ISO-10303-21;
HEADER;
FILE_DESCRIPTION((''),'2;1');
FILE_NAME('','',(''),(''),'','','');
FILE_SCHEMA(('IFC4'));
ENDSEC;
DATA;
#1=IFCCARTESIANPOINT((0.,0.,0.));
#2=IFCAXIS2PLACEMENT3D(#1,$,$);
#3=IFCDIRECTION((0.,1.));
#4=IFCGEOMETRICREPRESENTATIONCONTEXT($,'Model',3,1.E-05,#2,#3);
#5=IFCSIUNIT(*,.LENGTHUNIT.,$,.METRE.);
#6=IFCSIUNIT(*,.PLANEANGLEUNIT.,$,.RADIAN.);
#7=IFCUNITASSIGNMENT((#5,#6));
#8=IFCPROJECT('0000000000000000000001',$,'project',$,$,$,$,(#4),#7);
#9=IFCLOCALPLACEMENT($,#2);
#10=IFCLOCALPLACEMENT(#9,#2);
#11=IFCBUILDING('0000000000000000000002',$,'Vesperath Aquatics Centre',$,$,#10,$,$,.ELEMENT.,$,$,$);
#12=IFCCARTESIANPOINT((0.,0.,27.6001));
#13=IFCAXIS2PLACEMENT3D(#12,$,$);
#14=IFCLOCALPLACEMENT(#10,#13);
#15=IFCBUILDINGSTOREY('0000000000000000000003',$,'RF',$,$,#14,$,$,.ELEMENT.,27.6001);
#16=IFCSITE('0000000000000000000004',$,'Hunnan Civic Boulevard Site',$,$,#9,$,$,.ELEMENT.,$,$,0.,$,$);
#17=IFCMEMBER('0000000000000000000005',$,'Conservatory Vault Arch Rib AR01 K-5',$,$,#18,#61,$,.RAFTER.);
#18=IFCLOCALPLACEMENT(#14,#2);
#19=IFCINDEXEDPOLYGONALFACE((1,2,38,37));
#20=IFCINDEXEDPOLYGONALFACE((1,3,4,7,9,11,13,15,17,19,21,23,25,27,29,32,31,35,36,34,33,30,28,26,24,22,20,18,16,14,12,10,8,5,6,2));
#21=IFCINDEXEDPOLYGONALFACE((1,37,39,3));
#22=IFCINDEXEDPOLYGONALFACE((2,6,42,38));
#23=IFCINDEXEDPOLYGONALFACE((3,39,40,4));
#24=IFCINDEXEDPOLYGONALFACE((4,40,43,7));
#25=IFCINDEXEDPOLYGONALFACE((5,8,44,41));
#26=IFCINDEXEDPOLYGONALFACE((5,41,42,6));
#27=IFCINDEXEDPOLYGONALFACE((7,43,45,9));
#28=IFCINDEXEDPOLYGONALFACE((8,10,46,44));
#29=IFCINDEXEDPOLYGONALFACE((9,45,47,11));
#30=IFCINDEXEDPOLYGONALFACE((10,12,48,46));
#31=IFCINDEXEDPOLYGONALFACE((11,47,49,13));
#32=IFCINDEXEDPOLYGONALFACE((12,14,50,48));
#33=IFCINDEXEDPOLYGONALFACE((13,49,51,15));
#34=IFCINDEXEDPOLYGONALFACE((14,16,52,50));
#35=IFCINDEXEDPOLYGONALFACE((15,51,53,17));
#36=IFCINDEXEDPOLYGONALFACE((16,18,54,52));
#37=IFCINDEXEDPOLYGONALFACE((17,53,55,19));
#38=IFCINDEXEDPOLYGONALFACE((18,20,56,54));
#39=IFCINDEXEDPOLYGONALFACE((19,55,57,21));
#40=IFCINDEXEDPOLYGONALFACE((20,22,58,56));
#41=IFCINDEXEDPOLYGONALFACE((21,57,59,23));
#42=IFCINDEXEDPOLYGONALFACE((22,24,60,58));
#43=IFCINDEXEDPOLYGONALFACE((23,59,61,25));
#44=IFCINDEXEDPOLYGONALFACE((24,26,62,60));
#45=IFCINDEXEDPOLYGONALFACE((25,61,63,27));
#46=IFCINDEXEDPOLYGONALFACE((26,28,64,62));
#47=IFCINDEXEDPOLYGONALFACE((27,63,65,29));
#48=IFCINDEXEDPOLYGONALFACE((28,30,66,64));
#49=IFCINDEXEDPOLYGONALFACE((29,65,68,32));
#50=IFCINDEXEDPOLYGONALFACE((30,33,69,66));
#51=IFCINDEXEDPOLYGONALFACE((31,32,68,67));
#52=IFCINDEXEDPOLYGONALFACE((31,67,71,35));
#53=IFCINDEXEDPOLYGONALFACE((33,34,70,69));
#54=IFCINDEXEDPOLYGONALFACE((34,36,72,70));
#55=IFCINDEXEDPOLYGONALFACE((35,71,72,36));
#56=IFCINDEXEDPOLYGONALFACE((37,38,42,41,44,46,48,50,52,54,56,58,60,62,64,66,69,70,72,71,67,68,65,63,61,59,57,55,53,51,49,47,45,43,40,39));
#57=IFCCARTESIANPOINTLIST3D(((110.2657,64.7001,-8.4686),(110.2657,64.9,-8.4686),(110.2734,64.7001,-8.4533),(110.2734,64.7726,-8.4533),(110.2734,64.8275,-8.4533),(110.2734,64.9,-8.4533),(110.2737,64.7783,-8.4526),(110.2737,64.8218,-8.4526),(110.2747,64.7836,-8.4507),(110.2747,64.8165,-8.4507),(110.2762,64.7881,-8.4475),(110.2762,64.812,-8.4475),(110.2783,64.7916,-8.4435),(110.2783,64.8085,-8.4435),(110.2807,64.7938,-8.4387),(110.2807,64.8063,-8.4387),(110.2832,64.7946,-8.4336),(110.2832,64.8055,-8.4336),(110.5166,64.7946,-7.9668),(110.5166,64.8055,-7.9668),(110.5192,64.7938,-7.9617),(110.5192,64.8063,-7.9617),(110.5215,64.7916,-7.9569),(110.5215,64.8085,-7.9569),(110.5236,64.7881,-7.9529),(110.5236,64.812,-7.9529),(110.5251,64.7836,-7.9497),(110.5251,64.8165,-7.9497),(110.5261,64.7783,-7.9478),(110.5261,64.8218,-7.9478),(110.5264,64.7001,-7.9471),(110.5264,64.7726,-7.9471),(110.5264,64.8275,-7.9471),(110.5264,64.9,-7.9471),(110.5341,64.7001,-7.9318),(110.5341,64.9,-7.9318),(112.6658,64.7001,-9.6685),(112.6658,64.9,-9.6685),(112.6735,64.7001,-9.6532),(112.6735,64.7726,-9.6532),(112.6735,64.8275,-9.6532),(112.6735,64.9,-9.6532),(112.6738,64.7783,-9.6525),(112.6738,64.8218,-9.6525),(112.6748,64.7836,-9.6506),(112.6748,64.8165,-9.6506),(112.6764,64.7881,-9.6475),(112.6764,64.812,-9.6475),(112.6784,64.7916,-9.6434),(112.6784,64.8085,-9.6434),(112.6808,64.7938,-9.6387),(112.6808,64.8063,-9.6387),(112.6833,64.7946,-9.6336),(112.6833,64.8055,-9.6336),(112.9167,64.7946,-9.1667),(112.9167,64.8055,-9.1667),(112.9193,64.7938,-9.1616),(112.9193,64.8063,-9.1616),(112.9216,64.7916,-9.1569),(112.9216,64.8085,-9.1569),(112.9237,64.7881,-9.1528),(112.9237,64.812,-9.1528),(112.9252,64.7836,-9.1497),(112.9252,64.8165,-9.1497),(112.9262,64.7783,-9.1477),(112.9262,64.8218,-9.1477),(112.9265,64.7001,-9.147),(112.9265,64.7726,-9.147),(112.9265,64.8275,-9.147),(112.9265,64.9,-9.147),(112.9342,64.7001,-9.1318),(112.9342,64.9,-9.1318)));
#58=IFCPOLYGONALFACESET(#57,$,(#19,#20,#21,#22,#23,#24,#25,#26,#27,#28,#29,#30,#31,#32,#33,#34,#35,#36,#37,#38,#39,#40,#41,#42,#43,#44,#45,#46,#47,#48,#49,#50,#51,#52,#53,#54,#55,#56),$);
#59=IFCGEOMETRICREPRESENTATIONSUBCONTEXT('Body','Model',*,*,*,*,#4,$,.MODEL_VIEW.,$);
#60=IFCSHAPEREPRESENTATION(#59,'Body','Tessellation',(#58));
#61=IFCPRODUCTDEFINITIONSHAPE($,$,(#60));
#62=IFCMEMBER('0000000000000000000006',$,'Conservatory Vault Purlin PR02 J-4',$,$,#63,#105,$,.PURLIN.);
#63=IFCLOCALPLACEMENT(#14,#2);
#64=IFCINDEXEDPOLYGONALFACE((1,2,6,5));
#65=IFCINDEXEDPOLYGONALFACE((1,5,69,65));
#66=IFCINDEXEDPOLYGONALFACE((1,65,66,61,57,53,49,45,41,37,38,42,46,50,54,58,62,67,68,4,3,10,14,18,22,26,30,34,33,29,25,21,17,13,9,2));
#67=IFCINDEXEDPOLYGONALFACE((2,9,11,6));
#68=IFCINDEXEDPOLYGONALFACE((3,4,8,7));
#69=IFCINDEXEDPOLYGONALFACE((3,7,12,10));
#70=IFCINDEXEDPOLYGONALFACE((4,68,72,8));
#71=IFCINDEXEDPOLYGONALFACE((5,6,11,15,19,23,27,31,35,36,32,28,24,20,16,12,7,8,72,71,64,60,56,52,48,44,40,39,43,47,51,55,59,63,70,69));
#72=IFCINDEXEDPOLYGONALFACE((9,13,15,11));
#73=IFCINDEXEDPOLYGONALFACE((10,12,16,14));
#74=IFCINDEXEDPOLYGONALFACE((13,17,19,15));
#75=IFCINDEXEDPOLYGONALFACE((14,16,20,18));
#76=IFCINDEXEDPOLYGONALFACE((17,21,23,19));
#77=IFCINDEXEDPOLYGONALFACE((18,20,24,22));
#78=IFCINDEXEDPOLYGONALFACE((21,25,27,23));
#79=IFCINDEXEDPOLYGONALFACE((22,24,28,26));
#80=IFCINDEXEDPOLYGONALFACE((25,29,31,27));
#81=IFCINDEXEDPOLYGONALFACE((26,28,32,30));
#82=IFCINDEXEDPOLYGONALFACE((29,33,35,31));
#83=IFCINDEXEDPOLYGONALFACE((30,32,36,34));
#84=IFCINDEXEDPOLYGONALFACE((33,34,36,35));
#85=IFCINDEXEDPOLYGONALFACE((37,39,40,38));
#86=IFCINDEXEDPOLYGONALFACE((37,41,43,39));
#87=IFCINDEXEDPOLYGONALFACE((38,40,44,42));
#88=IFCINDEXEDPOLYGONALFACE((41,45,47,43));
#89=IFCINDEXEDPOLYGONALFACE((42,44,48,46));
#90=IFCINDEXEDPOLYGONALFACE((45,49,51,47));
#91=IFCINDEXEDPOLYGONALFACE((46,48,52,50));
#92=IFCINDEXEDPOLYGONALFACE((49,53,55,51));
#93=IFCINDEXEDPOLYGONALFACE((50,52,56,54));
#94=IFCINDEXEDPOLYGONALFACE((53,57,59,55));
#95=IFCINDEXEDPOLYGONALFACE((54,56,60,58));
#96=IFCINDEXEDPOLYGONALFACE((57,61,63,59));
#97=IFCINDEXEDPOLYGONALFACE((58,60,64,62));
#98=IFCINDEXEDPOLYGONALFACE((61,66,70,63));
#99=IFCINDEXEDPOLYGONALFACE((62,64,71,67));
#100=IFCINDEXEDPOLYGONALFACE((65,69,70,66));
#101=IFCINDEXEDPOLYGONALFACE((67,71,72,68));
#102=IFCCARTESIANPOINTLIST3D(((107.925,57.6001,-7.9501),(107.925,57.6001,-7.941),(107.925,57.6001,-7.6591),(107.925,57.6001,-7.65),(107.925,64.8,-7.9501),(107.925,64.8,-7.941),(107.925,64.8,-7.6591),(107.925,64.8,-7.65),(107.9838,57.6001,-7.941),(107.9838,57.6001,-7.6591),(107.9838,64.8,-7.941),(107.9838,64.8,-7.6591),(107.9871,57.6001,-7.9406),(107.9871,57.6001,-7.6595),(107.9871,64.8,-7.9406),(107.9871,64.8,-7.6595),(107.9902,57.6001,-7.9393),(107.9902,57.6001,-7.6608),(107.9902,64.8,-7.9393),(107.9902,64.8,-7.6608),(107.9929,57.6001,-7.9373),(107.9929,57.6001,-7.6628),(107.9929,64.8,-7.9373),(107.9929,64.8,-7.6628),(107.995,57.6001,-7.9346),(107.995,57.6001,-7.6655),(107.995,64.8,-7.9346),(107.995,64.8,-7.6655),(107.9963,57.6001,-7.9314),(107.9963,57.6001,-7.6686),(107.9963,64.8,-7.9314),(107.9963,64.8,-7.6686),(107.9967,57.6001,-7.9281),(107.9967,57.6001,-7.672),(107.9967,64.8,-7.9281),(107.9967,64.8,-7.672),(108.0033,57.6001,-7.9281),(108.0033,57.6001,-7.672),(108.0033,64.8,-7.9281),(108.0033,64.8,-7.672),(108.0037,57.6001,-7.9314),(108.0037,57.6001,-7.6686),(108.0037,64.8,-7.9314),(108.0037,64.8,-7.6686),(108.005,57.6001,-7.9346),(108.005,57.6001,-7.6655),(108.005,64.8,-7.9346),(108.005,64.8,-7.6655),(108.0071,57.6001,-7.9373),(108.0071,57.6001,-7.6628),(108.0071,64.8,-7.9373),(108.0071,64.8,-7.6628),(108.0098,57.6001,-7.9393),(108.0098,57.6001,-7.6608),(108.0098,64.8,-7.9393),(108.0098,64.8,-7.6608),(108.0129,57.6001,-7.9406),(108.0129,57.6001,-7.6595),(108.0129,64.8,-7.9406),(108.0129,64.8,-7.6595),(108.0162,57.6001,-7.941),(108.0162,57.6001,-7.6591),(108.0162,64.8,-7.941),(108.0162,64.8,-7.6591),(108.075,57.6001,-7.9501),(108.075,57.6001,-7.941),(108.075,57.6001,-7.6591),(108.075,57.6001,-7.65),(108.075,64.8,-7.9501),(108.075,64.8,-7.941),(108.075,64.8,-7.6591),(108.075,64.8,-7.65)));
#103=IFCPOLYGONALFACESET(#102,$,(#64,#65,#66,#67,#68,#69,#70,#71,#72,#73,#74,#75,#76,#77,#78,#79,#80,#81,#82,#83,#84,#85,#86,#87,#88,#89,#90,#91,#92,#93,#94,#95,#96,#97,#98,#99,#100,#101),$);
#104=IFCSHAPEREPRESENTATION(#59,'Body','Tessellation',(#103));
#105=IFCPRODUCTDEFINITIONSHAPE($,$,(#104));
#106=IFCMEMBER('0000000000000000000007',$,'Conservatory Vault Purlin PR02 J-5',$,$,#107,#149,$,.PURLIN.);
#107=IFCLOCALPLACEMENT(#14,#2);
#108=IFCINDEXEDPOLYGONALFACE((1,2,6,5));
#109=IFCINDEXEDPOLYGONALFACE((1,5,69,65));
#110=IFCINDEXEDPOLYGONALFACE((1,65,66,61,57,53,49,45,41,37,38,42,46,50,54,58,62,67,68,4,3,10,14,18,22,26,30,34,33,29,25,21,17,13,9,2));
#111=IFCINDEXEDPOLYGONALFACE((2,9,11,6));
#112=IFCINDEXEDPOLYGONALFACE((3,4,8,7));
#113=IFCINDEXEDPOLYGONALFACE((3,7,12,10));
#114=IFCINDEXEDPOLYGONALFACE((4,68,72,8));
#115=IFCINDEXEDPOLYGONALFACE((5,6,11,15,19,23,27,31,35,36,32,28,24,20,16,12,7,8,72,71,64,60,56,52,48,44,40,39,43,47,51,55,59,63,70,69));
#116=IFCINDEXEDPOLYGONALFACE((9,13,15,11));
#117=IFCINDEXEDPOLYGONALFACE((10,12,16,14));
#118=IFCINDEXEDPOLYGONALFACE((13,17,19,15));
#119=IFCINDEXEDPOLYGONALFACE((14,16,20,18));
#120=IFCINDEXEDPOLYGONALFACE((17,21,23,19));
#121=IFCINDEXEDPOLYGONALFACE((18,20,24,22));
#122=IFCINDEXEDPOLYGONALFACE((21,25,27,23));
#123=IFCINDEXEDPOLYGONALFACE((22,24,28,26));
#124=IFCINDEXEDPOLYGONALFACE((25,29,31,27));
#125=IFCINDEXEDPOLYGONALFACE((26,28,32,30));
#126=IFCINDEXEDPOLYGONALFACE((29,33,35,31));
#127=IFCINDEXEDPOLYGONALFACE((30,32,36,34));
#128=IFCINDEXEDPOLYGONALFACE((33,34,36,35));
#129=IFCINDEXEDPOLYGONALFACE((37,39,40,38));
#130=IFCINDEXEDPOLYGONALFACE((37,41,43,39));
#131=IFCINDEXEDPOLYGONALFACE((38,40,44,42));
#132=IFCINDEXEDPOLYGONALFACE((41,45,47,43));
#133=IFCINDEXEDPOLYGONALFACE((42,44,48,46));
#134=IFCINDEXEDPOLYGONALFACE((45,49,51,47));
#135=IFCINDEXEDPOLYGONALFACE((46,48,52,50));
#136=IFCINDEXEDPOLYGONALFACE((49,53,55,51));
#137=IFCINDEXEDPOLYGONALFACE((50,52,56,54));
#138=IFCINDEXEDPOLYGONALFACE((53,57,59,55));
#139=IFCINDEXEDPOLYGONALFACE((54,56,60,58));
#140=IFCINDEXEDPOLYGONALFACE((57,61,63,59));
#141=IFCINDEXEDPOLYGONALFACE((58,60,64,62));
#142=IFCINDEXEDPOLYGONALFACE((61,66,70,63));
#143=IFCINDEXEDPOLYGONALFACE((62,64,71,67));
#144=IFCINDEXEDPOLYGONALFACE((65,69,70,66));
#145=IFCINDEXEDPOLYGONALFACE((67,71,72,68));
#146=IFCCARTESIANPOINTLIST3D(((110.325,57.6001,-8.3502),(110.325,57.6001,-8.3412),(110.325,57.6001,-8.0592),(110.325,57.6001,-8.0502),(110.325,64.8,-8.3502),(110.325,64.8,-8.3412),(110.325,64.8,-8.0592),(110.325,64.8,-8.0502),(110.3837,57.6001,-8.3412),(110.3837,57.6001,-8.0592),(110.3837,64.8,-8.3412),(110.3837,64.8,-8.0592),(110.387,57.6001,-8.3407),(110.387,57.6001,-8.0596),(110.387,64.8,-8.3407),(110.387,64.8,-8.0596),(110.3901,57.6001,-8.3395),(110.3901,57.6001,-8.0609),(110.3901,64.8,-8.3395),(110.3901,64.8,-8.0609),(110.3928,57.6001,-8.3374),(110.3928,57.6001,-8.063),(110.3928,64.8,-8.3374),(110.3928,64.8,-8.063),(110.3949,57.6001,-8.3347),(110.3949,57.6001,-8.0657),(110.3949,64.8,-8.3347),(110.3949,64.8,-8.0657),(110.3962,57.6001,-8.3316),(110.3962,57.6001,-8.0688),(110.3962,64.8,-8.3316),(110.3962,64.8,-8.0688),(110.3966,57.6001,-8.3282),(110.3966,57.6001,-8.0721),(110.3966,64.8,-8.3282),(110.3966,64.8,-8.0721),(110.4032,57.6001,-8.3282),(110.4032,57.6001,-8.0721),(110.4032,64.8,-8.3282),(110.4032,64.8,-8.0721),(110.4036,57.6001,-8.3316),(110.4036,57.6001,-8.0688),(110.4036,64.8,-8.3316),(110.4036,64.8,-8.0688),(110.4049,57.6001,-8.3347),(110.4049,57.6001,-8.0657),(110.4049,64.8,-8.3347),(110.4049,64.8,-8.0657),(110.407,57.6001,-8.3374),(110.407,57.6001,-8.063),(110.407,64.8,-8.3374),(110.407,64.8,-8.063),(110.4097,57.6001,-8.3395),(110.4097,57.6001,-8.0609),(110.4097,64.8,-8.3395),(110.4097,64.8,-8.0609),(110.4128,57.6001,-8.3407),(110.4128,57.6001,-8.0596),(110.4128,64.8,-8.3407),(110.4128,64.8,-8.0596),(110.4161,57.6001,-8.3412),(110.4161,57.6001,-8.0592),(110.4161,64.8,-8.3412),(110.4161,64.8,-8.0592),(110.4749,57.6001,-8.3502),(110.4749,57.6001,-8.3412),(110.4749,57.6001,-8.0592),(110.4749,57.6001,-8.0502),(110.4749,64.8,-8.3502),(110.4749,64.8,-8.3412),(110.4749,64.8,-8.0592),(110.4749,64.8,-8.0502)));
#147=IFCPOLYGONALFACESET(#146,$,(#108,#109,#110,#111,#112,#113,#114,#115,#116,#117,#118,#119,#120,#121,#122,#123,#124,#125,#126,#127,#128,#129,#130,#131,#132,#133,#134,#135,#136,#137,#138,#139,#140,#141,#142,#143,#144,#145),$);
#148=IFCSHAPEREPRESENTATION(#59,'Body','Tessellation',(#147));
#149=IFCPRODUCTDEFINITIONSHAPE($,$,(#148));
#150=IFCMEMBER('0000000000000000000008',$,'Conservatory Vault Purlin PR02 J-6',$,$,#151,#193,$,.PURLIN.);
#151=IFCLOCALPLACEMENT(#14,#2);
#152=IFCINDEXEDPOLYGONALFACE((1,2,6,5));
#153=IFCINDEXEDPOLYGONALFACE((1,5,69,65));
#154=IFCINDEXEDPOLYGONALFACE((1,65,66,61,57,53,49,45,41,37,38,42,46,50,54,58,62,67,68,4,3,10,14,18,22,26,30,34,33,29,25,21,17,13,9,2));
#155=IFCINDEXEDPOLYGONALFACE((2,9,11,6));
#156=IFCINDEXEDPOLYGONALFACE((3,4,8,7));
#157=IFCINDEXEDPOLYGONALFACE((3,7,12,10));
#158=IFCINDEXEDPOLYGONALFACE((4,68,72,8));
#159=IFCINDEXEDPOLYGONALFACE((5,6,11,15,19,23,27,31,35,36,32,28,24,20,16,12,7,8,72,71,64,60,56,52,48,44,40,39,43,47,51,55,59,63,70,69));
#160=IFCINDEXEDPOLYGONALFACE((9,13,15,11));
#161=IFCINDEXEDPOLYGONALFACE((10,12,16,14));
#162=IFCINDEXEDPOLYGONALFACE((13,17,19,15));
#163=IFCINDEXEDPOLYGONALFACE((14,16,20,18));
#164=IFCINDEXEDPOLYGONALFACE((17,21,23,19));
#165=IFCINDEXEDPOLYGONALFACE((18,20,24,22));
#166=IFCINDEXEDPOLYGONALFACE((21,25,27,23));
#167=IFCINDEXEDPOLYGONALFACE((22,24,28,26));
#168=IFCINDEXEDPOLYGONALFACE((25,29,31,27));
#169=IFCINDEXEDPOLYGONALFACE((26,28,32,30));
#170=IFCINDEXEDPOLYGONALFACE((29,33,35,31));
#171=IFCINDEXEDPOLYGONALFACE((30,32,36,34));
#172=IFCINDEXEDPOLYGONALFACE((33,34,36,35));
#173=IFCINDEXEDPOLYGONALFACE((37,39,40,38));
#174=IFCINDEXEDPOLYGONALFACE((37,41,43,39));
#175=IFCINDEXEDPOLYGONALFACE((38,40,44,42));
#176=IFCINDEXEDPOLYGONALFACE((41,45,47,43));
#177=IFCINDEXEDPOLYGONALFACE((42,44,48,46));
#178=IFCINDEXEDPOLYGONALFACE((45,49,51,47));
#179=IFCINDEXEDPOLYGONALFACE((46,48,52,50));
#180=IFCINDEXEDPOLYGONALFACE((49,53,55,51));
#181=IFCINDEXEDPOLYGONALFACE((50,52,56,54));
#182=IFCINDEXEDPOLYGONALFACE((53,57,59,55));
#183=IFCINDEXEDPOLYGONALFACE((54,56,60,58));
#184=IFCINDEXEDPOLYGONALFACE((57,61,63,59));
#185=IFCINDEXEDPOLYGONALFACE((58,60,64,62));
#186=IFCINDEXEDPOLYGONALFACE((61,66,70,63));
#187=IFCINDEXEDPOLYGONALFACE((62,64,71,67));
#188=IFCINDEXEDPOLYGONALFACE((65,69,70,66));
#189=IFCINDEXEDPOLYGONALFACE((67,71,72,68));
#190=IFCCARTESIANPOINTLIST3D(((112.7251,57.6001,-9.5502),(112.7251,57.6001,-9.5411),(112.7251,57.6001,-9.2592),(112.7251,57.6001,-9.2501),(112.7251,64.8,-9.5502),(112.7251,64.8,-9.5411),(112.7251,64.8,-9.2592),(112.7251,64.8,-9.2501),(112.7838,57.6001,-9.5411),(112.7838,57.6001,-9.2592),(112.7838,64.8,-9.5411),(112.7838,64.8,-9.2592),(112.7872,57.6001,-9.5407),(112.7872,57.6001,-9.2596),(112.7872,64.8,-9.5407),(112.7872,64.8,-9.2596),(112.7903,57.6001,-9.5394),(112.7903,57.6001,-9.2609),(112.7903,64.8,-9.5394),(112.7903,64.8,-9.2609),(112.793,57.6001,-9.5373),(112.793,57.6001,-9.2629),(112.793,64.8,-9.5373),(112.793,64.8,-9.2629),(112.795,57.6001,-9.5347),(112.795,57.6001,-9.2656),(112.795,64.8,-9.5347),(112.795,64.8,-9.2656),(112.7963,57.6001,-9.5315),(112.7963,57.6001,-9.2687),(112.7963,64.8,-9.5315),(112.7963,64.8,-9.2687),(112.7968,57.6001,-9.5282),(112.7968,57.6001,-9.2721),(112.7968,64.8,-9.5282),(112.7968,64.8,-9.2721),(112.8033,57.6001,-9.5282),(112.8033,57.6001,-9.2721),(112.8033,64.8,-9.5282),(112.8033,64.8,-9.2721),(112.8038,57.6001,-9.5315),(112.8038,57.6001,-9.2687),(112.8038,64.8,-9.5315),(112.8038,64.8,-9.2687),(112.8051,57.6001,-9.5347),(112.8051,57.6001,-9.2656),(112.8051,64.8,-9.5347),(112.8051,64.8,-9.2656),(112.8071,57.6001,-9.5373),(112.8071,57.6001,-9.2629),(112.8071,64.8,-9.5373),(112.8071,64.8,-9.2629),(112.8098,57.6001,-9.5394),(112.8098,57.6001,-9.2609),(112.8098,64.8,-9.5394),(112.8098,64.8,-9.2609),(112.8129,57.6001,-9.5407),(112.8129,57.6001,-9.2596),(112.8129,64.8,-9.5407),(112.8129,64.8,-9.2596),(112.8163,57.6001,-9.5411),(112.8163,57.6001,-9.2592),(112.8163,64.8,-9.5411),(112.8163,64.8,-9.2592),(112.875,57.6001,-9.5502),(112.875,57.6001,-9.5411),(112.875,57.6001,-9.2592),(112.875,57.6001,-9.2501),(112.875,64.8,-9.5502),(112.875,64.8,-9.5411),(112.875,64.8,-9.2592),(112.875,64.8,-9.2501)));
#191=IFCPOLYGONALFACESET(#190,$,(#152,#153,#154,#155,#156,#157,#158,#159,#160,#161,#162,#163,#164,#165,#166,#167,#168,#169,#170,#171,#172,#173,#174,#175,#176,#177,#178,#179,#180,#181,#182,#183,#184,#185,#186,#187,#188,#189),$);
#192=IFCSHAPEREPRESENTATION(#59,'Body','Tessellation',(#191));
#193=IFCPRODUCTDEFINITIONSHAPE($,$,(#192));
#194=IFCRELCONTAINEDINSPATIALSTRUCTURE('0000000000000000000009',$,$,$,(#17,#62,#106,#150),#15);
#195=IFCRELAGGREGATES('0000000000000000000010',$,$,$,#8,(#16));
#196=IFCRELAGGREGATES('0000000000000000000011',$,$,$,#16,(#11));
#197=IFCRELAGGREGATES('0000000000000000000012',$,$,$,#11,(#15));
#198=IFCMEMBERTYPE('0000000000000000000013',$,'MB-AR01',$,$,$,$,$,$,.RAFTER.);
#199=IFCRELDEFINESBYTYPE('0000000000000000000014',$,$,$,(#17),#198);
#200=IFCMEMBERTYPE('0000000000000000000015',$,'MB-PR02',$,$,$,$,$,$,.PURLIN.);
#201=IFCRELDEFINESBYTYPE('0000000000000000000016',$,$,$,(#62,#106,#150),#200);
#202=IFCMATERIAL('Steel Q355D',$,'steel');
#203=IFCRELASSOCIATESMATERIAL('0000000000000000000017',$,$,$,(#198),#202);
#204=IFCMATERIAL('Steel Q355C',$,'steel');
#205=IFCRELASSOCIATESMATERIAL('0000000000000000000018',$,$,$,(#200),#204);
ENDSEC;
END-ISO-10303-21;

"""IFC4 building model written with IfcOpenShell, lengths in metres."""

from ifc_helpers import new_model, si_unit, direction, frame, origin, origin_2d, place, context, subcontext, project, spatial, i_section, extrude, material, material_profile, profile_set, type_object, element, save


model = new_model("IFC4")

# Units and contexts
model_context = context("Model", 3, precision=1e-05, world=origin(), true_north=direction((0.0, 1.0)))
body_context = subcontext(model_context, "Body", "Model", "MODEL_VIEW")
ifc_project = project(units=[si_unit("LENGTHUNIT", "METRE"), si_unit("PLANEANGLEUNIT", "RADIAN")], contexts=[model_context])

# Site, building, storey
site_placement = place(None, origin())
site = spatial("IfcSite", under=ifc_project, at=site_placement, Name="Hunnan Civic Boulevard Site", CompositionType="ELEMENT", RefElevation=0.0)
building_placement = place(site_placement, origin())
building = spatial("IfcBuilding", under=site, at=building_placement, Name="Vesperath Aquatics Centre", CompositionType="ELEMENT")
storey_placement = place(building_placement, frame((0.0, 0.0, 27.6001)))
storey = spatial("IfcBuildingStorey", under=building, at=storey_placement, Name="RF", CompositionType="ELEMENT", Elevation=27.6001)

# Members
ifc_material_1 = material(Name="Steel Q355D", Category="steel")
ifc_material_profile_1 = material_profile(ifc_material_1, i_section(OverallWidth=0.2, OverallDepth=0.6001, WebThickness=0.011, FlangeThickness=0.0171, FilletRadius=0.022, at=origin_2d()), Name="HN 600x200x11x17")
ifc_profile_set_1 = profile_set([ifc_material_profile_1], Name="Steel Q355D")
member_type_1 = type_object("IfcMemberType", Name="MB-AR01", PredefinedType="RAFTER", material=ifc_profile_set_1)
member_1_placement = place(storey_placement, frame((110.3999, 64.8, -8.2002), z_axis=(0.894445, 0.0, -0.447177), x_axis=(0.0, 1.0, 0.0)))
element("IfcMember", 1, at=member_1_placement, inside=storey, type_object=member_type_1, Name="Conservatory Vault Arch Rib AR01 K-5", PredefinedType="RAFTER", context=body_context, shape_type="SweptSolid", body=[
    extrude(i_section(OverallWidth=0.2, OverallDepth=0.6001, WebThickness=0.011, FlangeThickness=0.0171, FilletRadius=0.022, at=origin_2d()), origin(), (0.0, 0.0, 1.0), 2.6833),
])
ifc_material_2 = material(Name="Steel Q355C", Category="steel")
ifc_material_profile_2 = material_profile(ifc_material_2, i_section(OverallWidth=0.1499, OverallDepth=0.3, WebThickness=0.0066, FlangeThickness=0.009, FilletRadius=0.0129, at=origin_2d()), Name="HN 300x150x6.5x9")
ifc_profile_set_2 = profile_set([ifc_material_profile_2], Name="Steel Q355C")
member_type_2 = type_object("IfcMemberType", Name="MB-PR02", PredefinedType="PURLIN", material=ifc_profile_set_2)
for number, where, z_axis, x_axis, name in (
    (2, (108.0, 57.6001, -7.8), (0.0, 1.0, 0.0), (-1.0, 0.0, 0.0), "Conservatory Vault Purlin PR02 J-4"),
    (3, (110.3999, 57.6001, -8.2002), (0.0, 1.0, 0.0), (-1.0, 0.0, 0.0), "Conservatory Vault Purlin PR02 J-5"),
    (4, (112.8, 57.6001, -9.4001), (0.0, 1.0, 0.0), (-1.0, 0.0, 0.0), "Conservatory Vault Purlin PR02 J-6"),
):
    element("IfcMember", number, at=place(storey_placement, frame(where, z_axis=z_axis, x_axis=x_axis)), inside=storey, type_object=member_type_2, Name=name, PredefinedType="PURLIN", context=body_context, shape_type="SweptSolid", body=[
        extrude(i_section(OverallWidth=0.1499, OverallDepth=0.3, WebThickness=0.0066, FlangeThickness=0.009, FilletRadius=0.0129, at=origin_2d()), origin(), (0.0, 0.0, 1.0), 7.2),
    ])

save(model, "model.ifc")
